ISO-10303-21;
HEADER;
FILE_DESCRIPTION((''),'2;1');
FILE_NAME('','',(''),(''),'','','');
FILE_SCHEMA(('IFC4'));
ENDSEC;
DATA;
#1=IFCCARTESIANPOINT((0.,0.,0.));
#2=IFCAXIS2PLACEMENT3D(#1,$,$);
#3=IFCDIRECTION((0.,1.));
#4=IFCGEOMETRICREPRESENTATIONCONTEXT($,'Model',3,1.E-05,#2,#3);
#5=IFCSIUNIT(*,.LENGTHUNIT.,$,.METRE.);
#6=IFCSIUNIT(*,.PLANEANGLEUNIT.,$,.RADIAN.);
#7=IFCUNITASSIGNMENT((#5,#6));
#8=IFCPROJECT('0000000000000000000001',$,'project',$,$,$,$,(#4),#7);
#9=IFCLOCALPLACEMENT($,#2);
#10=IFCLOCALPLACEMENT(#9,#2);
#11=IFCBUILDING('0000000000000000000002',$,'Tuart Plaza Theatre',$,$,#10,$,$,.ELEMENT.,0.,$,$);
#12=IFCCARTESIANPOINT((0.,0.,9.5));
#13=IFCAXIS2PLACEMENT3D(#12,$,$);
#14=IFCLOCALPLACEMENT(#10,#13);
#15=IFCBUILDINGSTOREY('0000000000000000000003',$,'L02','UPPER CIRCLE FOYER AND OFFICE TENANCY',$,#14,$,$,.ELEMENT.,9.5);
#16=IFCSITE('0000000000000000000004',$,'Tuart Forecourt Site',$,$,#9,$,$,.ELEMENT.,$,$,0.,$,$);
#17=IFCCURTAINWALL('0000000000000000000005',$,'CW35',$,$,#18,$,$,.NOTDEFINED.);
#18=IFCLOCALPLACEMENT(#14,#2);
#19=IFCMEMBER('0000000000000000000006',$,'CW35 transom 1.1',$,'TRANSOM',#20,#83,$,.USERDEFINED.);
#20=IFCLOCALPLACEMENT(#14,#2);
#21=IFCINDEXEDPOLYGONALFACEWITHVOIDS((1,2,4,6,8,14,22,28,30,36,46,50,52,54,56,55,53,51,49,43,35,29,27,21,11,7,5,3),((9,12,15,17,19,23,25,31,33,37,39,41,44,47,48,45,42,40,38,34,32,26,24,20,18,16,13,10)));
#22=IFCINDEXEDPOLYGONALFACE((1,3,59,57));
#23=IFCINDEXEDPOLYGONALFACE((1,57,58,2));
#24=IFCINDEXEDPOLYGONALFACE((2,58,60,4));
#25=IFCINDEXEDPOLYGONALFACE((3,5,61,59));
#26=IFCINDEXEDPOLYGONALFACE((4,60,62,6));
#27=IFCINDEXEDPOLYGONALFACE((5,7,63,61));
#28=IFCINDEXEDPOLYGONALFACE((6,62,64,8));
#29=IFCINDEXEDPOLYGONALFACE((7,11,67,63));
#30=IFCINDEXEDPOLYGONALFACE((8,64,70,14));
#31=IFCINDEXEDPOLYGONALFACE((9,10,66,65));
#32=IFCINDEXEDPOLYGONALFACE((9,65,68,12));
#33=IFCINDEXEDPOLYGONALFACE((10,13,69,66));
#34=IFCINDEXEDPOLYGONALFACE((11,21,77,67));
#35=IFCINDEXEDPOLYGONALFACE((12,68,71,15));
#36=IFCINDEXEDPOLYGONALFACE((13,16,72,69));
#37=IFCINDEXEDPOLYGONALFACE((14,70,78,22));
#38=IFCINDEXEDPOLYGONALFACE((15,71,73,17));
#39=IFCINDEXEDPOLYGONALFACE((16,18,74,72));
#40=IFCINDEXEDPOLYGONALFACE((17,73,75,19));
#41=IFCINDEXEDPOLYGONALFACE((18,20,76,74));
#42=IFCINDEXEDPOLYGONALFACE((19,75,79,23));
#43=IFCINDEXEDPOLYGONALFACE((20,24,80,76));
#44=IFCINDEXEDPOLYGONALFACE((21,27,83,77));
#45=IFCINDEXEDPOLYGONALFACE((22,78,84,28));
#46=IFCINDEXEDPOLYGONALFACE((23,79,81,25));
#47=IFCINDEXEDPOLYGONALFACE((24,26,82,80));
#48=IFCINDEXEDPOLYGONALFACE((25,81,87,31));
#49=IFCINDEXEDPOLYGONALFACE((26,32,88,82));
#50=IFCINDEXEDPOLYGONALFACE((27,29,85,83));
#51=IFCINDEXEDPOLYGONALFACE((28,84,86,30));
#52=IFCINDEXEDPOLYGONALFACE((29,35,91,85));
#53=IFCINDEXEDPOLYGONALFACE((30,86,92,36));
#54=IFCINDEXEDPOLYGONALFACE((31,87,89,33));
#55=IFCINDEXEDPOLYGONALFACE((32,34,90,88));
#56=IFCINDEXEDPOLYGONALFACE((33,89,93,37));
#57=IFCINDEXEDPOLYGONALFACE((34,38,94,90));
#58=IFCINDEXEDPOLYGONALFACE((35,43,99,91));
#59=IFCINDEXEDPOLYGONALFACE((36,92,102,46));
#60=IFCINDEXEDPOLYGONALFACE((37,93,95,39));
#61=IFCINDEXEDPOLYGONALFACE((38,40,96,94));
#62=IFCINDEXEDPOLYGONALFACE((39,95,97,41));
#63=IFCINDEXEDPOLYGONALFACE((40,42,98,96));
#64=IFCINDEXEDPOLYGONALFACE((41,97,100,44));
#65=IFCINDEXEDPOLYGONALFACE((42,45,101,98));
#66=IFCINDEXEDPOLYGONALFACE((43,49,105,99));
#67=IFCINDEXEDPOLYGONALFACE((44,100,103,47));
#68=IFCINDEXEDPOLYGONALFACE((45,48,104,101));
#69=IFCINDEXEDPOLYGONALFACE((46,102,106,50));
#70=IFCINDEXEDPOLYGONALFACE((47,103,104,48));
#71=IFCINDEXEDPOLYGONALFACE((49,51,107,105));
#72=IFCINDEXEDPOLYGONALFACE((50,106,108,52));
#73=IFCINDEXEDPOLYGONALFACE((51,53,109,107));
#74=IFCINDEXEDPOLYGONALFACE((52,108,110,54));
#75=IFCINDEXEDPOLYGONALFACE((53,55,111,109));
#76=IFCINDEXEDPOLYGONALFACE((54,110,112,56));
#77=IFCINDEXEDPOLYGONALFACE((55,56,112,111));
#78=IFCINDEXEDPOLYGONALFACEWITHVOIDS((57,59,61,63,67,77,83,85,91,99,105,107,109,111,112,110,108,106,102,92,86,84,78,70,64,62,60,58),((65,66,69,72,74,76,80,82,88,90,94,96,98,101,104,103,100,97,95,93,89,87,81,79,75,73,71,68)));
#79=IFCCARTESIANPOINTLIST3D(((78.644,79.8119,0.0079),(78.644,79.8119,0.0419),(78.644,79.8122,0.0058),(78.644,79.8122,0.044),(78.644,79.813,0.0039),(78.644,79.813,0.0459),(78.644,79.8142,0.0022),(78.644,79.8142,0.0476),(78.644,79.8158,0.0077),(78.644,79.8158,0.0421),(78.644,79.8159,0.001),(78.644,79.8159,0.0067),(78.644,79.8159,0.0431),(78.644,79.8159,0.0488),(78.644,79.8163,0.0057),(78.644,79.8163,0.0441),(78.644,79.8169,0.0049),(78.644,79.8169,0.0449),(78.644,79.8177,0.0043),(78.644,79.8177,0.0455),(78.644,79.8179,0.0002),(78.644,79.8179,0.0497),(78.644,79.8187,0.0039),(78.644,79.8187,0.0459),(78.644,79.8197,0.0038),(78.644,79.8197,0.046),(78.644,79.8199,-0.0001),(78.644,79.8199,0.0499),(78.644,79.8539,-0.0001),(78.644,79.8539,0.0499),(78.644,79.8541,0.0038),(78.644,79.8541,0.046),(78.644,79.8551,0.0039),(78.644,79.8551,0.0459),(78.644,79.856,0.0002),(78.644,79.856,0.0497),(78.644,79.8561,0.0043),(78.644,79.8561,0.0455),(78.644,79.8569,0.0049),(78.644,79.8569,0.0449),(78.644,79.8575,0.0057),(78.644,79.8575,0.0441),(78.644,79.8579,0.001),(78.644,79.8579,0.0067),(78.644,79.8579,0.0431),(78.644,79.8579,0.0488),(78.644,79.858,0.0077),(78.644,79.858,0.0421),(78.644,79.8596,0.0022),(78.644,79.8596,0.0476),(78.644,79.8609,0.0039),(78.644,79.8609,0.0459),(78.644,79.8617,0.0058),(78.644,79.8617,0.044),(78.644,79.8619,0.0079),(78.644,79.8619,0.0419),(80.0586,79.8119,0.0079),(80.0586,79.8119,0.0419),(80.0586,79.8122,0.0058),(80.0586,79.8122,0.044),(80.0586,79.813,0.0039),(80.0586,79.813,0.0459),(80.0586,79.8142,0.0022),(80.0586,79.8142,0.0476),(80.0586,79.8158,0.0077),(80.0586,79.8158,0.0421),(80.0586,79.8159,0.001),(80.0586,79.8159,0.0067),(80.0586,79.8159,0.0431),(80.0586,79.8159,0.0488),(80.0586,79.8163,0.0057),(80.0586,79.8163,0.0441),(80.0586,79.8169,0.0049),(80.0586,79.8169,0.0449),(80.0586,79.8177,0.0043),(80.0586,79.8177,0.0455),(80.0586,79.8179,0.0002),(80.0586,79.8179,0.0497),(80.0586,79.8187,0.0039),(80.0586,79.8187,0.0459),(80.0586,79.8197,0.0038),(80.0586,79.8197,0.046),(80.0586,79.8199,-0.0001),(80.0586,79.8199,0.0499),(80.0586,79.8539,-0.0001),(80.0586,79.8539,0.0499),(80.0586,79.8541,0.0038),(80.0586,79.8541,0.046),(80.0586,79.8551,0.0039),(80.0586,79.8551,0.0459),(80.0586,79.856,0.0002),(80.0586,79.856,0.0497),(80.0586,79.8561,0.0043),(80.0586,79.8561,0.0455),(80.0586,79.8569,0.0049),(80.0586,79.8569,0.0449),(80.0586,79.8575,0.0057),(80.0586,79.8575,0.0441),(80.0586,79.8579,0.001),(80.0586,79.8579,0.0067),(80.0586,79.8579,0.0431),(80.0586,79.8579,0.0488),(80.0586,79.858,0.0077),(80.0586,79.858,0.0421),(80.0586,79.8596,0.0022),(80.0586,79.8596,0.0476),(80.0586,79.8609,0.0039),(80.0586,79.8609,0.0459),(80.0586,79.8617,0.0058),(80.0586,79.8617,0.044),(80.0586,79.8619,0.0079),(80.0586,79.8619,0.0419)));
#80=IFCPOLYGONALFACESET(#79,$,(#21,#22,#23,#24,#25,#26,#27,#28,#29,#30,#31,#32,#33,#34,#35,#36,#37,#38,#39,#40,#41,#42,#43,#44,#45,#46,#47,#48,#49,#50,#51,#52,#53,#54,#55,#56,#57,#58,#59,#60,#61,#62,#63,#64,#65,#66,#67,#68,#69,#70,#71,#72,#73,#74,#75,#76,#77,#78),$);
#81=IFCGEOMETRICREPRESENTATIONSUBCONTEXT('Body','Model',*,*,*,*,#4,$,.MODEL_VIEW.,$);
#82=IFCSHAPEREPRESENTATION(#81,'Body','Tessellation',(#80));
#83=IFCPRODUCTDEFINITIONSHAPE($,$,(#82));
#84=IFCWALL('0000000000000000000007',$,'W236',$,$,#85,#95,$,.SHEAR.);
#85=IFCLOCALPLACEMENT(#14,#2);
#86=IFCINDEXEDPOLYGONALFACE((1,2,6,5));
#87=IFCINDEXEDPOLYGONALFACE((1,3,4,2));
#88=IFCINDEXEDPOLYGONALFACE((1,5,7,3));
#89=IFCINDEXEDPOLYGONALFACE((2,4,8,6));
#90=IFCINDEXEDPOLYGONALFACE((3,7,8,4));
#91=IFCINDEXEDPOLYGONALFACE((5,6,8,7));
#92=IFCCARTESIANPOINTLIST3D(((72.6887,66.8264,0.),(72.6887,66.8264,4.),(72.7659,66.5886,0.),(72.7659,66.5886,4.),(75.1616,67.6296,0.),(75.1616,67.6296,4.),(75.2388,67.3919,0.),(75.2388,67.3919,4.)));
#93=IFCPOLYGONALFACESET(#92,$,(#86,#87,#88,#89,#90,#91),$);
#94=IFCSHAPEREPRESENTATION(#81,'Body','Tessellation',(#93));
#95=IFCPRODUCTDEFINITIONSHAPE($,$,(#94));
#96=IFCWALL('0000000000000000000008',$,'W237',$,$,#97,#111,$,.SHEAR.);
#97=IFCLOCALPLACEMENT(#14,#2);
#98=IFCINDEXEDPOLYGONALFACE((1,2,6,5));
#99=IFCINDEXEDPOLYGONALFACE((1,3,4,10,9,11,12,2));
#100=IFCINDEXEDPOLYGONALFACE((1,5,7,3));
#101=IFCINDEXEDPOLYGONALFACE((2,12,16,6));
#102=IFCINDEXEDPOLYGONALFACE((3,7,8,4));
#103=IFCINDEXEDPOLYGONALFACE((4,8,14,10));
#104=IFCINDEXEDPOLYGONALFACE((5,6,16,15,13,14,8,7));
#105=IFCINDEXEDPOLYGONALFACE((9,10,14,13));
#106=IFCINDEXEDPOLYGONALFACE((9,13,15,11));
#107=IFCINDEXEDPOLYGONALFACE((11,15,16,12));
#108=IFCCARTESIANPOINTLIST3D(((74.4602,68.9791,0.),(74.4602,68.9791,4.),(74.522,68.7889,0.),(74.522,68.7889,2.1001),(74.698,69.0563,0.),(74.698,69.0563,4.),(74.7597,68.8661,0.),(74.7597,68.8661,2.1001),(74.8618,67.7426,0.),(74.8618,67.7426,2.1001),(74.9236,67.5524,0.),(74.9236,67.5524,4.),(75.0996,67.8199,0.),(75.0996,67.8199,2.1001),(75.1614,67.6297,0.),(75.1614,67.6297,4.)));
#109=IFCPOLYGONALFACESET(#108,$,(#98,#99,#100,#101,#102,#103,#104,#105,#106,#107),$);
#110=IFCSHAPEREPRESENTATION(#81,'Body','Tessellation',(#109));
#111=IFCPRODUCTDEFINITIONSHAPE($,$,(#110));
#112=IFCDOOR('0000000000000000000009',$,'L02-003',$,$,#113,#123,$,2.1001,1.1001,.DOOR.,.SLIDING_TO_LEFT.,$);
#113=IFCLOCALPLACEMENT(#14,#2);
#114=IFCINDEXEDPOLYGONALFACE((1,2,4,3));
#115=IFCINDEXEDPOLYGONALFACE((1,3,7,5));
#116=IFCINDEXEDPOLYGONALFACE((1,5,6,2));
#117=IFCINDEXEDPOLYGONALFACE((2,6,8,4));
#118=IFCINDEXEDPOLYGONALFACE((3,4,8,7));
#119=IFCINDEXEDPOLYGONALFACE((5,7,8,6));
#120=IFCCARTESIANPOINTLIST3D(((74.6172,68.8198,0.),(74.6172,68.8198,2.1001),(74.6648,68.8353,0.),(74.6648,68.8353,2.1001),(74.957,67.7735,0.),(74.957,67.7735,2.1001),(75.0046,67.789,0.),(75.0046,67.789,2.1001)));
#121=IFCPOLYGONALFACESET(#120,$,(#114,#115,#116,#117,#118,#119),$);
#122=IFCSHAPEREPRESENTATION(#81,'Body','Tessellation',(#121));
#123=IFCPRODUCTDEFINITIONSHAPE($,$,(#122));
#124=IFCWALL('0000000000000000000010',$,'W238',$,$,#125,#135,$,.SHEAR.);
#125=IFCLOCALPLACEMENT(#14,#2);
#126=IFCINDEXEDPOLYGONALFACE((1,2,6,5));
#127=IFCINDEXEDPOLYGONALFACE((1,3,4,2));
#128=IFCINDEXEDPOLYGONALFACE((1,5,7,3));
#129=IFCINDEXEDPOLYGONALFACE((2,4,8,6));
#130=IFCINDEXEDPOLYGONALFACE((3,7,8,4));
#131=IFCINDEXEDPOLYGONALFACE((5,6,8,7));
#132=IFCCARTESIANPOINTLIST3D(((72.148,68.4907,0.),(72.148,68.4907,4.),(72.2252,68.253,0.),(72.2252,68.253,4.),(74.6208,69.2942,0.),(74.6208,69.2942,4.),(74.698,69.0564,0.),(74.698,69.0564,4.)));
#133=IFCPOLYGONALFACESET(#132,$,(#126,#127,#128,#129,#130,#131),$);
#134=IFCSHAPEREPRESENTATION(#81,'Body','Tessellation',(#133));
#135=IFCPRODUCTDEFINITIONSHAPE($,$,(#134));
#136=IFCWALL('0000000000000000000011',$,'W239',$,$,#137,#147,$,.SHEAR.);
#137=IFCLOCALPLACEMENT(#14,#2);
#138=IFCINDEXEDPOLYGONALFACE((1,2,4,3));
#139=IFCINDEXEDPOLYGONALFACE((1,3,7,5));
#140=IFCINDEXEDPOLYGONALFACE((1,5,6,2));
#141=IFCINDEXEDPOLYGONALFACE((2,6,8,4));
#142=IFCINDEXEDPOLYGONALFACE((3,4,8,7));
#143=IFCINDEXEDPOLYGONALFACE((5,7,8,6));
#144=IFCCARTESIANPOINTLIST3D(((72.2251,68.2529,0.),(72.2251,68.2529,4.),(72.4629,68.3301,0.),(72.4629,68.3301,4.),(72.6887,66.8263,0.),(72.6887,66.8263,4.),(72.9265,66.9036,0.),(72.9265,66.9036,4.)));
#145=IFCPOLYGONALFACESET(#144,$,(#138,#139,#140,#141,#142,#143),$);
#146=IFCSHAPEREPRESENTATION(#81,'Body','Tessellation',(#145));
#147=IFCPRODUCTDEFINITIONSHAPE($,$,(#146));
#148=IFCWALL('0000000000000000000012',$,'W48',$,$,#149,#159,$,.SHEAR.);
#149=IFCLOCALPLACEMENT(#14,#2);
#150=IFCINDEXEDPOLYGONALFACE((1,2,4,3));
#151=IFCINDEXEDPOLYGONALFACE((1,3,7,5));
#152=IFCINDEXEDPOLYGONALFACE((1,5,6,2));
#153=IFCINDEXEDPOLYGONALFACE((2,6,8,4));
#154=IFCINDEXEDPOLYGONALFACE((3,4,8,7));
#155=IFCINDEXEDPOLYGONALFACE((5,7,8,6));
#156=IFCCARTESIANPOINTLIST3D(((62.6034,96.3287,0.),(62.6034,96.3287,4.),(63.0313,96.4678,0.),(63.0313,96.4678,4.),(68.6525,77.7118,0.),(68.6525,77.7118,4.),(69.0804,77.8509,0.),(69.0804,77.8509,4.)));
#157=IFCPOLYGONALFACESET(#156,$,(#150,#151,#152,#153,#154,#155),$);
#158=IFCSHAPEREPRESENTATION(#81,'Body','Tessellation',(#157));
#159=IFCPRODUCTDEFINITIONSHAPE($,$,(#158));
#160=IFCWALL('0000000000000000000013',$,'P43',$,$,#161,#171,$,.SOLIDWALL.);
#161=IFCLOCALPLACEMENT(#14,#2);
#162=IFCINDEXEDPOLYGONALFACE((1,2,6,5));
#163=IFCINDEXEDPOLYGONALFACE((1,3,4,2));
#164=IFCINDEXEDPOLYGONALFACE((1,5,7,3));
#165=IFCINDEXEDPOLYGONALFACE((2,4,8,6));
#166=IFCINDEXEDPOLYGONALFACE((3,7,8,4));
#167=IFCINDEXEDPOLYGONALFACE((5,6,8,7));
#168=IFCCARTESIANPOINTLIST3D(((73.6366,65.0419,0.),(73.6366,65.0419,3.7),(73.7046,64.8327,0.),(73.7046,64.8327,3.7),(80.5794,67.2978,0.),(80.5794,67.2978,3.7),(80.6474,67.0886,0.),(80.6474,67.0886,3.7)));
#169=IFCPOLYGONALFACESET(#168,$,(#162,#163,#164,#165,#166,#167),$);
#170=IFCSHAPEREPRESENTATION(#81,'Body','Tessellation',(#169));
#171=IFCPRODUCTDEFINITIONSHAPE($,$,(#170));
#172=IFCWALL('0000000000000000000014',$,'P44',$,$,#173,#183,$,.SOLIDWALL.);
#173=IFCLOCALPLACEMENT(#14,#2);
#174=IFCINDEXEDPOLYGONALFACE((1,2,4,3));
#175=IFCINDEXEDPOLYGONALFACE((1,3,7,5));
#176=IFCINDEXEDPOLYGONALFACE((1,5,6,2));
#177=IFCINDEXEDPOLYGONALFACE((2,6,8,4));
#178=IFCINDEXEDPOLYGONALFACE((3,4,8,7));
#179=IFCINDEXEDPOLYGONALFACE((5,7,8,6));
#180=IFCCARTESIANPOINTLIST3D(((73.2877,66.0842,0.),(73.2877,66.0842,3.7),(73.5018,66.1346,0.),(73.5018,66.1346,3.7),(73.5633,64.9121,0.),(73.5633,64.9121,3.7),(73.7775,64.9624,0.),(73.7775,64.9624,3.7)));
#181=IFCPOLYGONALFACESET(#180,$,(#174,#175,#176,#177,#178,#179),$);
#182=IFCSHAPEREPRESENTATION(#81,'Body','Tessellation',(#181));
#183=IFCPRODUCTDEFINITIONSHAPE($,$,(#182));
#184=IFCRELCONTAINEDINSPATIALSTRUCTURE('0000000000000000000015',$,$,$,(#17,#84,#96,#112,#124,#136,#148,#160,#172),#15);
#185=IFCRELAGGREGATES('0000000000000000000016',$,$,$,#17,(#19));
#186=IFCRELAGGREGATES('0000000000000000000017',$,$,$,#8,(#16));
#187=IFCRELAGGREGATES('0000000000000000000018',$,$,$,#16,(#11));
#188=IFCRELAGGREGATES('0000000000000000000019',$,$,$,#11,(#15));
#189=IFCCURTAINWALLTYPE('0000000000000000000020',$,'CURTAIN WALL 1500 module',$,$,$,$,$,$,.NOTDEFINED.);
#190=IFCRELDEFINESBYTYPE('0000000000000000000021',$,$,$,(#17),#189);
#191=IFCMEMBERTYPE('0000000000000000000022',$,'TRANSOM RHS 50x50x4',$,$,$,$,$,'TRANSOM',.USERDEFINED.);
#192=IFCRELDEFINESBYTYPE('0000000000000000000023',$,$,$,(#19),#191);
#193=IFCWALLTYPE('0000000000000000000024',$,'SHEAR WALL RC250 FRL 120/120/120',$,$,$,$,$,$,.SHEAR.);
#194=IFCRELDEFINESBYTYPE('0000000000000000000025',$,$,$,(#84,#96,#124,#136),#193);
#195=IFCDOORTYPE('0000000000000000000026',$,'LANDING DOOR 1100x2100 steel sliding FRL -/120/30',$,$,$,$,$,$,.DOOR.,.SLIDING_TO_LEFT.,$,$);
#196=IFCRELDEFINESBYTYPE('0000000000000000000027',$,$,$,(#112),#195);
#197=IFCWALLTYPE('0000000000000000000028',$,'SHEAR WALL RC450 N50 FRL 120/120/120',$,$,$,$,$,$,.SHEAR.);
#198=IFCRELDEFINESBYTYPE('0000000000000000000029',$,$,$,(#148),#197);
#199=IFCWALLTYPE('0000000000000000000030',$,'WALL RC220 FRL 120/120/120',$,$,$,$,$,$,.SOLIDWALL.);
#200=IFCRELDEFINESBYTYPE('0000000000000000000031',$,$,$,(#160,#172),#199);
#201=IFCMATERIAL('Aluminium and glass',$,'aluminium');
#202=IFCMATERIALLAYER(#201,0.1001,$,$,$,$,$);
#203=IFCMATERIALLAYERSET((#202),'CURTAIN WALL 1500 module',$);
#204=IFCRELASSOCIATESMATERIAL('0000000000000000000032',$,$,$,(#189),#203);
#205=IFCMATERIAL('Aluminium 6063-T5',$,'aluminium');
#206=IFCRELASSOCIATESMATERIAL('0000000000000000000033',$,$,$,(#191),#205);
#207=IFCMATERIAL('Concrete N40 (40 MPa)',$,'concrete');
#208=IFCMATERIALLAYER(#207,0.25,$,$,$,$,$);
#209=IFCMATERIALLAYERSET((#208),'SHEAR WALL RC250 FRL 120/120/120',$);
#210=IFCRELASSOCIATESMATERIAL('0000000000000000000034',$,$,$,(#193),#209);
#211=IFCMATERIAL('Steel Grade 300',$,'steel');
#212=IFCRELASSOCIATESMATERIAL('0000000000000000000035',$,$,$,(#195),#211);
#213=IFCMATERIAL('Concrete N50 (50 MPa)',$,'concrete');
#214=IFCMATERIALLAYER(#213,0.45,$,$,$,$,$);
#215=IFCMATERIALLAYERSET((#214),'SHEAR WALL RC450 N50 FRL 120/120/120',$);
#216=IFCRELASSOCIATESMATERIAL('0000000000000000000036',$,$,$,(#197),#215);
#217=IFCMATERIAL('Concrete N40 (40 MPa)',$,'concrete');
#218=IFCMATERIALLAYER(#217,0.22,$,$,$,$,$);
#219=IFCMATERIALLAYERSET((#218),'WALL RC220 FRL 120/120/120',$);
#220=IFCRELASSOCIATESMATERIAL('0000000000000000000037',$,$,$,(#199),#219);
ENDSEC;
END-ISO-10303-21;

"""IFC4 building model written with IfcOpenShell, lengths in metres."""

from ifc_helpers import new_model, si_unit, direction, frame, frame_2d, origin, origin_2d, place, context, subcontext, project, spatial, rectangle, hollow_rectangle, extrude, material, layer, layer_set, material_profile, profile_set, type_object, element, fill, aggregate, save


model = new_model("IFC4")

# Units and contexts
model_context = context("Model", 3, precision=1e-05, world=origin(), true_north=direction((0.0, 1.0)))
body_context = subcontext(model_context, "Body", "Model", "MODEL_VIEW")
ifc_project = project(units=[si_unit("LENGTHUNIT", "METRE"), si_unit("PLANEANGLEUNIT", "RADIAN")], contexts=[model_context])

# Site, building, storey
site_placement = place(None, origin())
site = spatial("IfcSite", under=ifc_project, at=site_placement, Name="Tuart Forecourt Site", CompositionType="ELEMENT", RefElevation=0.0)
building_placement = place(site_placement, origin())
building = spatial("IfcBuilding", under=site, at=building_placement, Name="Tuart Plaza Theatre", CompositionType="ELEMENT", ElevationOfRefHeight=0.0)
storey_placement = place(building_placement, frame((0.0, 0.0, 9.5)))
storey = spatial("IfcBuildingStorey", under=building, at=storey_placement, Name="L02", Description="UPPER CIRCLE FOYER AND OFFICE TENANCY", CompositionType="ELEMENT", Elevation=9.5)

# Curtain wall, member
ifc_material_1 = material(Name="Aluminium and glass", Category="aluminium")
ifc_layer_1 = layer(ifc_material_1, 0.1001)
ifc_layer_set_1 = layer_set([ifc_layer_1], Name="CURTAIN WALL 1500 module")
curtain_wall_type = type_object("IfcCurtainWallType", Name="CURTAIN WALL 1500 module", PredefinedType="NOTDEFINED", material=ifc_layer_set_1)
curtain_wall_placement = place(storey_placement, origin())
curtain_wall = element("IfcCurtainWall", 1, at=curtain_wall_placement, inside=storey, type_object=curtain_wall_type, Name="CW35", PredefinedType="NOTDEFINED")
ifc_material_2 = material(Name="Aluminium 6063-T5", Category="aluminium")
ifc_material_profile_1 = material_profile(ifc_material_2, hollow_rectangle(XDim=0.05, YDim=0.05, WallThickness=0.0039, InnerFilletRadius=0.0039, OuterFilletRadius=0.0081, at=origin_2d()), Name="RHS 50x50x4")
ifc_profile_set_1 = profile_set([ifc_material_profile_1], Name="Aluminium 6063-T5")
member_type_1 = type_object("IfcMemberType", Name="TRANSOM RHS 50x50x4", ElementType="TRANSOM", PredefinedType="USERDEFINED", material=ifc_profile_set_1)
member_1_placement = place(storey_placement, frame((78.644, 79.8369, 0.0249), z_axis=(1.0, 0.0, 0.0), x_axis=(0.0, 1.0, 0.0)))
member_1 = element("IfcMember", 2, at=member_1_placement, type_object=member_type_1, Name="CW35 transom 1.1", ObjectType="TRANSOM", PredefinedType="USERDEFINED", context=body_context, shape_type="SweptSolid", body=[
    extrude(hollow_rectangle(XDim=0.05, YDim=0.05, WallThickness=0.0039, InnerFilletRadius=0.0039, OuterFilletRadius=0.0081, at=origin_2d()), origin(), (0.0, 0.0, 1.0), 1.4146),
])
aggregate(curtain_wall, [member_1])

# Wall
ifc_material_3 = material(Name="Concrete N40 (40 MPa)", Category="concrete")
ifc_layer_2 = layer(ifc_material_3, 0.25)
ifc_layer_set_2 = layer_set([ifc_layer_2], Name="SHEAR WALL RC250 FRL 120/120/120")
wall_type_1 = type_object("IfcWallType", Name="SHEAR WALL RC250 FRL 120/120/120", PredefinedType="SHEAR", material=ifc_layer_set_2)
wall_1_placement = place(storey_placement, frame((72.7273, 66.7075, 0.0), z_axis=(0.0, 0.0, 1.0), x_axis=(0.951087, 0.308923, 0.0)))
element("IfcWall", 3, at=wall_1_placement, inside=storey, type_object=wall_type_1, Name="W236", PredefinedType="SHEAR", context=body_context, shape_type="SweptSolid", body=[
    extrude(rectangle(XDim=2.6001, YDim=0.25, at=frame_2d((1.3, 0.0))), origin(), (0.0, 0.0, 1.0), 4.0),
])

# Wall, opening, door
wall_2_placement = place(storey_placement, frame((75.0425, 67.5911, 0.0), z_axis=(0.0, 0.0, 1.0), x_axis=(-0.308943, 0.951081, 0.0)))
wall_2 = element("IfcWall", 4, at=wall_2_placement, inside=storey, type_object=wall_type_1, Name="W237", PredefinedType="SHEAR", context=body_context, shape_type="SweptSolid", body=[
    extrude(rectangle(XDim=1.5, YDim=0.25, at=frame_2d((0.75, 0.0))), origin(), (0.0, 0.0, 1.0), 4.0),
])
opening_placement = place(wall_2_placement, frame((0.2, 0.0, 0.0)))
opening = element("IfcOpeningElement", 5, at=opening_placement, cuts=wall_2, PredefinedType="OPENING", context=body_context, shape_type="SweptSolid", body=[
    extrude(rectangle(XDim=1.1001, YDim=2.1001, at=frame_2d((0.55, 1.05))), frame((0.0, 0.135, 0.0), z_axis=(0.0, -1.0, 0.0), x_axis=(1.0, 0.0, 0.0)), (0.0, 0.0, 1.0), 0.27),
])
ifc_material_4 = material(Name="Steel Grade 300", Category="steel")
door_type = type_object("IfcDoorType", Name="LANDING DOOR 1100x2100 steel sliding FRL -/120/30", OperationType="SLIDING_TO_LEFT", PredefinedType="DOOR", material=ifc_material_4)
door_placement = place(opening_placement, origin())
door = element("IfcDoor", 6, at=door_placement, inside=storey, type_object=door_type, Name="L02-003", OperationType="SLIDING_TO_LEFT", OverallHeight=2.1001, OverallWidth=1.1001, PredefinedType="DOOR", context=body_context, shape_type="SweptSolid", body=[
    extrude(rectangle(XDim=1.1001, YDim=2.1001, at=frame_2d((0.55, 1.05))), frame((0.0, 0.0249, 0.0), z_axis=(0.0, -1.0, 0.0), x_axis=(1.0, 0.0, 0.0)), (0.0, 0.0, 1.0), 0.05),
])
fill(opening, door)

# Walls
wall_3_placement = place(storey_placement, frame((74.6594, 69.1753, 0.0), z_axis=(0.0, 0.0, 1.0), x_axis=(-0.95106, -0.309008, 0.0)))
element("IfcWall", 7, at=wall_3_placement, inside=storey, type_object=wall_type_1, Name="W238", PredefinedType="SHEAR", context=body_context, shape_type="SweptSolid", body=[
    extrude(rectangle(XDim=2.6001, YDim=0.25, at=frame_2d((1.3, 0.0))), origin(), (0.0, 0.0, 1.0), 4.0),
])
wall_4_placement = place(storey_placement, frame((72.344, 68.2915, 0.0), z_axis=(0.0, 0.0, 1.0), x_axis=(0.30909, -0.951033, 0.0)))
element("IfcWall", 8, at=wall_4_placement, inside=storey, type_object=wall_type_1, Name="W239", PredefinedType="SHEAR", context=body_context, shape_type="SweptSolid", body=[
    extrude(rectangle(XDim=1.5, YDim=0.25, at=frame_2d((0.75, 0.0))), origin(), (0.0, 0.0, 1.0), 4.0),
])
ifc_material_5 = material(Name="Concrete N50 (50 MPa)", Category="concrete")
ifc_layer_3 = layer(ifc_material_5, 0.45)
ifc_layer_set_3 = layer_set([ifc_layer_3], Name="SHEAR WALL RC450 N50 FRL 120/120/120")
wall_type_2 = type_object("IfcWallType", Name="SHEAR WALL RC450 N50 FRL 120/120/120", PredefinedType="SHEAR", material=ifc_layer_set_3)
wall_5_placement = place(storey_placement, frame((68.8665, 77.7812, 0.0), z_axis=(0.0, 0.0, 1.0), x_axis=(-0.30902, 0.951056, 0.0)))
element("IfcWall", 9, at=wall_5_placement, inside=storey, type_object=wall_type_2, Name="W48", PredefinedType="SHEAR", context=body_context, shape_type="SweptSolid", body=[
    extrude(rectangle(XDim=19.575, YDim=0.45, at=frame_2d((9.7876, 0.0))), origin(), (0.0, 0.0, 1.0), 4.0),
])
ifc_material_6 = material(Name="Concrete N40 (40 MPa)", Category="concrete")
ifc_layer_4 = layer(ifc_material_6, 0.22)
ifc_layer_set_4 = layer_set([ifc_layer_4], Name="WALL RC220 FRL 120/120/120")
wall_type_3 = type_object("IfcWallType", Name="WALL RC220 FRL 120/120/120", PredefinedType="SOLIDWALL", material=ifc_layer_set_4)
wall_6_placement = place(storey_placement, frame((80.6133, 67.1931, 0.0), z_axis=(0.0, 0.0, 1.0), x_axis=(-0.951057, -0.309015, 0.0)))
element("IfcWall", 10, at=wall_6_placement, inside=storey, type_object=wall_type_3, Name="P43", PredefinedType="SOLIDWALL", context=body_context, shape_type="SweptSolid", body=[
    extrude(rectangle(XDim=7.3, YDim=0.22, at=frame_2d((3.6499, 0.0))), origin(), (0.0, 0.0, 1.0), 3.7),
])
wall_7_placement = place(storey_placement, frame((73.6704, 64.9373, 0.0), z_axis=(0.0, 0.0, 1.0), x_axis=(-0.228915, 0.973446, 0.0)))
element("IfcWall", 11, at=wall_7_placement, inside=storey, type_object=wall_type_3, Name="P44", PredefinedType="SOLIDWALL", context=body_context, shape_type="SweptSolid", body=[
    extrude(rectangle(XDim=1.2041, YDim=0.22, at=frame_2d((0.6021, 0.0))), origin(), (0.0, 0.0, 1.0), 3.7),
])

save(model, "model.ifc")
